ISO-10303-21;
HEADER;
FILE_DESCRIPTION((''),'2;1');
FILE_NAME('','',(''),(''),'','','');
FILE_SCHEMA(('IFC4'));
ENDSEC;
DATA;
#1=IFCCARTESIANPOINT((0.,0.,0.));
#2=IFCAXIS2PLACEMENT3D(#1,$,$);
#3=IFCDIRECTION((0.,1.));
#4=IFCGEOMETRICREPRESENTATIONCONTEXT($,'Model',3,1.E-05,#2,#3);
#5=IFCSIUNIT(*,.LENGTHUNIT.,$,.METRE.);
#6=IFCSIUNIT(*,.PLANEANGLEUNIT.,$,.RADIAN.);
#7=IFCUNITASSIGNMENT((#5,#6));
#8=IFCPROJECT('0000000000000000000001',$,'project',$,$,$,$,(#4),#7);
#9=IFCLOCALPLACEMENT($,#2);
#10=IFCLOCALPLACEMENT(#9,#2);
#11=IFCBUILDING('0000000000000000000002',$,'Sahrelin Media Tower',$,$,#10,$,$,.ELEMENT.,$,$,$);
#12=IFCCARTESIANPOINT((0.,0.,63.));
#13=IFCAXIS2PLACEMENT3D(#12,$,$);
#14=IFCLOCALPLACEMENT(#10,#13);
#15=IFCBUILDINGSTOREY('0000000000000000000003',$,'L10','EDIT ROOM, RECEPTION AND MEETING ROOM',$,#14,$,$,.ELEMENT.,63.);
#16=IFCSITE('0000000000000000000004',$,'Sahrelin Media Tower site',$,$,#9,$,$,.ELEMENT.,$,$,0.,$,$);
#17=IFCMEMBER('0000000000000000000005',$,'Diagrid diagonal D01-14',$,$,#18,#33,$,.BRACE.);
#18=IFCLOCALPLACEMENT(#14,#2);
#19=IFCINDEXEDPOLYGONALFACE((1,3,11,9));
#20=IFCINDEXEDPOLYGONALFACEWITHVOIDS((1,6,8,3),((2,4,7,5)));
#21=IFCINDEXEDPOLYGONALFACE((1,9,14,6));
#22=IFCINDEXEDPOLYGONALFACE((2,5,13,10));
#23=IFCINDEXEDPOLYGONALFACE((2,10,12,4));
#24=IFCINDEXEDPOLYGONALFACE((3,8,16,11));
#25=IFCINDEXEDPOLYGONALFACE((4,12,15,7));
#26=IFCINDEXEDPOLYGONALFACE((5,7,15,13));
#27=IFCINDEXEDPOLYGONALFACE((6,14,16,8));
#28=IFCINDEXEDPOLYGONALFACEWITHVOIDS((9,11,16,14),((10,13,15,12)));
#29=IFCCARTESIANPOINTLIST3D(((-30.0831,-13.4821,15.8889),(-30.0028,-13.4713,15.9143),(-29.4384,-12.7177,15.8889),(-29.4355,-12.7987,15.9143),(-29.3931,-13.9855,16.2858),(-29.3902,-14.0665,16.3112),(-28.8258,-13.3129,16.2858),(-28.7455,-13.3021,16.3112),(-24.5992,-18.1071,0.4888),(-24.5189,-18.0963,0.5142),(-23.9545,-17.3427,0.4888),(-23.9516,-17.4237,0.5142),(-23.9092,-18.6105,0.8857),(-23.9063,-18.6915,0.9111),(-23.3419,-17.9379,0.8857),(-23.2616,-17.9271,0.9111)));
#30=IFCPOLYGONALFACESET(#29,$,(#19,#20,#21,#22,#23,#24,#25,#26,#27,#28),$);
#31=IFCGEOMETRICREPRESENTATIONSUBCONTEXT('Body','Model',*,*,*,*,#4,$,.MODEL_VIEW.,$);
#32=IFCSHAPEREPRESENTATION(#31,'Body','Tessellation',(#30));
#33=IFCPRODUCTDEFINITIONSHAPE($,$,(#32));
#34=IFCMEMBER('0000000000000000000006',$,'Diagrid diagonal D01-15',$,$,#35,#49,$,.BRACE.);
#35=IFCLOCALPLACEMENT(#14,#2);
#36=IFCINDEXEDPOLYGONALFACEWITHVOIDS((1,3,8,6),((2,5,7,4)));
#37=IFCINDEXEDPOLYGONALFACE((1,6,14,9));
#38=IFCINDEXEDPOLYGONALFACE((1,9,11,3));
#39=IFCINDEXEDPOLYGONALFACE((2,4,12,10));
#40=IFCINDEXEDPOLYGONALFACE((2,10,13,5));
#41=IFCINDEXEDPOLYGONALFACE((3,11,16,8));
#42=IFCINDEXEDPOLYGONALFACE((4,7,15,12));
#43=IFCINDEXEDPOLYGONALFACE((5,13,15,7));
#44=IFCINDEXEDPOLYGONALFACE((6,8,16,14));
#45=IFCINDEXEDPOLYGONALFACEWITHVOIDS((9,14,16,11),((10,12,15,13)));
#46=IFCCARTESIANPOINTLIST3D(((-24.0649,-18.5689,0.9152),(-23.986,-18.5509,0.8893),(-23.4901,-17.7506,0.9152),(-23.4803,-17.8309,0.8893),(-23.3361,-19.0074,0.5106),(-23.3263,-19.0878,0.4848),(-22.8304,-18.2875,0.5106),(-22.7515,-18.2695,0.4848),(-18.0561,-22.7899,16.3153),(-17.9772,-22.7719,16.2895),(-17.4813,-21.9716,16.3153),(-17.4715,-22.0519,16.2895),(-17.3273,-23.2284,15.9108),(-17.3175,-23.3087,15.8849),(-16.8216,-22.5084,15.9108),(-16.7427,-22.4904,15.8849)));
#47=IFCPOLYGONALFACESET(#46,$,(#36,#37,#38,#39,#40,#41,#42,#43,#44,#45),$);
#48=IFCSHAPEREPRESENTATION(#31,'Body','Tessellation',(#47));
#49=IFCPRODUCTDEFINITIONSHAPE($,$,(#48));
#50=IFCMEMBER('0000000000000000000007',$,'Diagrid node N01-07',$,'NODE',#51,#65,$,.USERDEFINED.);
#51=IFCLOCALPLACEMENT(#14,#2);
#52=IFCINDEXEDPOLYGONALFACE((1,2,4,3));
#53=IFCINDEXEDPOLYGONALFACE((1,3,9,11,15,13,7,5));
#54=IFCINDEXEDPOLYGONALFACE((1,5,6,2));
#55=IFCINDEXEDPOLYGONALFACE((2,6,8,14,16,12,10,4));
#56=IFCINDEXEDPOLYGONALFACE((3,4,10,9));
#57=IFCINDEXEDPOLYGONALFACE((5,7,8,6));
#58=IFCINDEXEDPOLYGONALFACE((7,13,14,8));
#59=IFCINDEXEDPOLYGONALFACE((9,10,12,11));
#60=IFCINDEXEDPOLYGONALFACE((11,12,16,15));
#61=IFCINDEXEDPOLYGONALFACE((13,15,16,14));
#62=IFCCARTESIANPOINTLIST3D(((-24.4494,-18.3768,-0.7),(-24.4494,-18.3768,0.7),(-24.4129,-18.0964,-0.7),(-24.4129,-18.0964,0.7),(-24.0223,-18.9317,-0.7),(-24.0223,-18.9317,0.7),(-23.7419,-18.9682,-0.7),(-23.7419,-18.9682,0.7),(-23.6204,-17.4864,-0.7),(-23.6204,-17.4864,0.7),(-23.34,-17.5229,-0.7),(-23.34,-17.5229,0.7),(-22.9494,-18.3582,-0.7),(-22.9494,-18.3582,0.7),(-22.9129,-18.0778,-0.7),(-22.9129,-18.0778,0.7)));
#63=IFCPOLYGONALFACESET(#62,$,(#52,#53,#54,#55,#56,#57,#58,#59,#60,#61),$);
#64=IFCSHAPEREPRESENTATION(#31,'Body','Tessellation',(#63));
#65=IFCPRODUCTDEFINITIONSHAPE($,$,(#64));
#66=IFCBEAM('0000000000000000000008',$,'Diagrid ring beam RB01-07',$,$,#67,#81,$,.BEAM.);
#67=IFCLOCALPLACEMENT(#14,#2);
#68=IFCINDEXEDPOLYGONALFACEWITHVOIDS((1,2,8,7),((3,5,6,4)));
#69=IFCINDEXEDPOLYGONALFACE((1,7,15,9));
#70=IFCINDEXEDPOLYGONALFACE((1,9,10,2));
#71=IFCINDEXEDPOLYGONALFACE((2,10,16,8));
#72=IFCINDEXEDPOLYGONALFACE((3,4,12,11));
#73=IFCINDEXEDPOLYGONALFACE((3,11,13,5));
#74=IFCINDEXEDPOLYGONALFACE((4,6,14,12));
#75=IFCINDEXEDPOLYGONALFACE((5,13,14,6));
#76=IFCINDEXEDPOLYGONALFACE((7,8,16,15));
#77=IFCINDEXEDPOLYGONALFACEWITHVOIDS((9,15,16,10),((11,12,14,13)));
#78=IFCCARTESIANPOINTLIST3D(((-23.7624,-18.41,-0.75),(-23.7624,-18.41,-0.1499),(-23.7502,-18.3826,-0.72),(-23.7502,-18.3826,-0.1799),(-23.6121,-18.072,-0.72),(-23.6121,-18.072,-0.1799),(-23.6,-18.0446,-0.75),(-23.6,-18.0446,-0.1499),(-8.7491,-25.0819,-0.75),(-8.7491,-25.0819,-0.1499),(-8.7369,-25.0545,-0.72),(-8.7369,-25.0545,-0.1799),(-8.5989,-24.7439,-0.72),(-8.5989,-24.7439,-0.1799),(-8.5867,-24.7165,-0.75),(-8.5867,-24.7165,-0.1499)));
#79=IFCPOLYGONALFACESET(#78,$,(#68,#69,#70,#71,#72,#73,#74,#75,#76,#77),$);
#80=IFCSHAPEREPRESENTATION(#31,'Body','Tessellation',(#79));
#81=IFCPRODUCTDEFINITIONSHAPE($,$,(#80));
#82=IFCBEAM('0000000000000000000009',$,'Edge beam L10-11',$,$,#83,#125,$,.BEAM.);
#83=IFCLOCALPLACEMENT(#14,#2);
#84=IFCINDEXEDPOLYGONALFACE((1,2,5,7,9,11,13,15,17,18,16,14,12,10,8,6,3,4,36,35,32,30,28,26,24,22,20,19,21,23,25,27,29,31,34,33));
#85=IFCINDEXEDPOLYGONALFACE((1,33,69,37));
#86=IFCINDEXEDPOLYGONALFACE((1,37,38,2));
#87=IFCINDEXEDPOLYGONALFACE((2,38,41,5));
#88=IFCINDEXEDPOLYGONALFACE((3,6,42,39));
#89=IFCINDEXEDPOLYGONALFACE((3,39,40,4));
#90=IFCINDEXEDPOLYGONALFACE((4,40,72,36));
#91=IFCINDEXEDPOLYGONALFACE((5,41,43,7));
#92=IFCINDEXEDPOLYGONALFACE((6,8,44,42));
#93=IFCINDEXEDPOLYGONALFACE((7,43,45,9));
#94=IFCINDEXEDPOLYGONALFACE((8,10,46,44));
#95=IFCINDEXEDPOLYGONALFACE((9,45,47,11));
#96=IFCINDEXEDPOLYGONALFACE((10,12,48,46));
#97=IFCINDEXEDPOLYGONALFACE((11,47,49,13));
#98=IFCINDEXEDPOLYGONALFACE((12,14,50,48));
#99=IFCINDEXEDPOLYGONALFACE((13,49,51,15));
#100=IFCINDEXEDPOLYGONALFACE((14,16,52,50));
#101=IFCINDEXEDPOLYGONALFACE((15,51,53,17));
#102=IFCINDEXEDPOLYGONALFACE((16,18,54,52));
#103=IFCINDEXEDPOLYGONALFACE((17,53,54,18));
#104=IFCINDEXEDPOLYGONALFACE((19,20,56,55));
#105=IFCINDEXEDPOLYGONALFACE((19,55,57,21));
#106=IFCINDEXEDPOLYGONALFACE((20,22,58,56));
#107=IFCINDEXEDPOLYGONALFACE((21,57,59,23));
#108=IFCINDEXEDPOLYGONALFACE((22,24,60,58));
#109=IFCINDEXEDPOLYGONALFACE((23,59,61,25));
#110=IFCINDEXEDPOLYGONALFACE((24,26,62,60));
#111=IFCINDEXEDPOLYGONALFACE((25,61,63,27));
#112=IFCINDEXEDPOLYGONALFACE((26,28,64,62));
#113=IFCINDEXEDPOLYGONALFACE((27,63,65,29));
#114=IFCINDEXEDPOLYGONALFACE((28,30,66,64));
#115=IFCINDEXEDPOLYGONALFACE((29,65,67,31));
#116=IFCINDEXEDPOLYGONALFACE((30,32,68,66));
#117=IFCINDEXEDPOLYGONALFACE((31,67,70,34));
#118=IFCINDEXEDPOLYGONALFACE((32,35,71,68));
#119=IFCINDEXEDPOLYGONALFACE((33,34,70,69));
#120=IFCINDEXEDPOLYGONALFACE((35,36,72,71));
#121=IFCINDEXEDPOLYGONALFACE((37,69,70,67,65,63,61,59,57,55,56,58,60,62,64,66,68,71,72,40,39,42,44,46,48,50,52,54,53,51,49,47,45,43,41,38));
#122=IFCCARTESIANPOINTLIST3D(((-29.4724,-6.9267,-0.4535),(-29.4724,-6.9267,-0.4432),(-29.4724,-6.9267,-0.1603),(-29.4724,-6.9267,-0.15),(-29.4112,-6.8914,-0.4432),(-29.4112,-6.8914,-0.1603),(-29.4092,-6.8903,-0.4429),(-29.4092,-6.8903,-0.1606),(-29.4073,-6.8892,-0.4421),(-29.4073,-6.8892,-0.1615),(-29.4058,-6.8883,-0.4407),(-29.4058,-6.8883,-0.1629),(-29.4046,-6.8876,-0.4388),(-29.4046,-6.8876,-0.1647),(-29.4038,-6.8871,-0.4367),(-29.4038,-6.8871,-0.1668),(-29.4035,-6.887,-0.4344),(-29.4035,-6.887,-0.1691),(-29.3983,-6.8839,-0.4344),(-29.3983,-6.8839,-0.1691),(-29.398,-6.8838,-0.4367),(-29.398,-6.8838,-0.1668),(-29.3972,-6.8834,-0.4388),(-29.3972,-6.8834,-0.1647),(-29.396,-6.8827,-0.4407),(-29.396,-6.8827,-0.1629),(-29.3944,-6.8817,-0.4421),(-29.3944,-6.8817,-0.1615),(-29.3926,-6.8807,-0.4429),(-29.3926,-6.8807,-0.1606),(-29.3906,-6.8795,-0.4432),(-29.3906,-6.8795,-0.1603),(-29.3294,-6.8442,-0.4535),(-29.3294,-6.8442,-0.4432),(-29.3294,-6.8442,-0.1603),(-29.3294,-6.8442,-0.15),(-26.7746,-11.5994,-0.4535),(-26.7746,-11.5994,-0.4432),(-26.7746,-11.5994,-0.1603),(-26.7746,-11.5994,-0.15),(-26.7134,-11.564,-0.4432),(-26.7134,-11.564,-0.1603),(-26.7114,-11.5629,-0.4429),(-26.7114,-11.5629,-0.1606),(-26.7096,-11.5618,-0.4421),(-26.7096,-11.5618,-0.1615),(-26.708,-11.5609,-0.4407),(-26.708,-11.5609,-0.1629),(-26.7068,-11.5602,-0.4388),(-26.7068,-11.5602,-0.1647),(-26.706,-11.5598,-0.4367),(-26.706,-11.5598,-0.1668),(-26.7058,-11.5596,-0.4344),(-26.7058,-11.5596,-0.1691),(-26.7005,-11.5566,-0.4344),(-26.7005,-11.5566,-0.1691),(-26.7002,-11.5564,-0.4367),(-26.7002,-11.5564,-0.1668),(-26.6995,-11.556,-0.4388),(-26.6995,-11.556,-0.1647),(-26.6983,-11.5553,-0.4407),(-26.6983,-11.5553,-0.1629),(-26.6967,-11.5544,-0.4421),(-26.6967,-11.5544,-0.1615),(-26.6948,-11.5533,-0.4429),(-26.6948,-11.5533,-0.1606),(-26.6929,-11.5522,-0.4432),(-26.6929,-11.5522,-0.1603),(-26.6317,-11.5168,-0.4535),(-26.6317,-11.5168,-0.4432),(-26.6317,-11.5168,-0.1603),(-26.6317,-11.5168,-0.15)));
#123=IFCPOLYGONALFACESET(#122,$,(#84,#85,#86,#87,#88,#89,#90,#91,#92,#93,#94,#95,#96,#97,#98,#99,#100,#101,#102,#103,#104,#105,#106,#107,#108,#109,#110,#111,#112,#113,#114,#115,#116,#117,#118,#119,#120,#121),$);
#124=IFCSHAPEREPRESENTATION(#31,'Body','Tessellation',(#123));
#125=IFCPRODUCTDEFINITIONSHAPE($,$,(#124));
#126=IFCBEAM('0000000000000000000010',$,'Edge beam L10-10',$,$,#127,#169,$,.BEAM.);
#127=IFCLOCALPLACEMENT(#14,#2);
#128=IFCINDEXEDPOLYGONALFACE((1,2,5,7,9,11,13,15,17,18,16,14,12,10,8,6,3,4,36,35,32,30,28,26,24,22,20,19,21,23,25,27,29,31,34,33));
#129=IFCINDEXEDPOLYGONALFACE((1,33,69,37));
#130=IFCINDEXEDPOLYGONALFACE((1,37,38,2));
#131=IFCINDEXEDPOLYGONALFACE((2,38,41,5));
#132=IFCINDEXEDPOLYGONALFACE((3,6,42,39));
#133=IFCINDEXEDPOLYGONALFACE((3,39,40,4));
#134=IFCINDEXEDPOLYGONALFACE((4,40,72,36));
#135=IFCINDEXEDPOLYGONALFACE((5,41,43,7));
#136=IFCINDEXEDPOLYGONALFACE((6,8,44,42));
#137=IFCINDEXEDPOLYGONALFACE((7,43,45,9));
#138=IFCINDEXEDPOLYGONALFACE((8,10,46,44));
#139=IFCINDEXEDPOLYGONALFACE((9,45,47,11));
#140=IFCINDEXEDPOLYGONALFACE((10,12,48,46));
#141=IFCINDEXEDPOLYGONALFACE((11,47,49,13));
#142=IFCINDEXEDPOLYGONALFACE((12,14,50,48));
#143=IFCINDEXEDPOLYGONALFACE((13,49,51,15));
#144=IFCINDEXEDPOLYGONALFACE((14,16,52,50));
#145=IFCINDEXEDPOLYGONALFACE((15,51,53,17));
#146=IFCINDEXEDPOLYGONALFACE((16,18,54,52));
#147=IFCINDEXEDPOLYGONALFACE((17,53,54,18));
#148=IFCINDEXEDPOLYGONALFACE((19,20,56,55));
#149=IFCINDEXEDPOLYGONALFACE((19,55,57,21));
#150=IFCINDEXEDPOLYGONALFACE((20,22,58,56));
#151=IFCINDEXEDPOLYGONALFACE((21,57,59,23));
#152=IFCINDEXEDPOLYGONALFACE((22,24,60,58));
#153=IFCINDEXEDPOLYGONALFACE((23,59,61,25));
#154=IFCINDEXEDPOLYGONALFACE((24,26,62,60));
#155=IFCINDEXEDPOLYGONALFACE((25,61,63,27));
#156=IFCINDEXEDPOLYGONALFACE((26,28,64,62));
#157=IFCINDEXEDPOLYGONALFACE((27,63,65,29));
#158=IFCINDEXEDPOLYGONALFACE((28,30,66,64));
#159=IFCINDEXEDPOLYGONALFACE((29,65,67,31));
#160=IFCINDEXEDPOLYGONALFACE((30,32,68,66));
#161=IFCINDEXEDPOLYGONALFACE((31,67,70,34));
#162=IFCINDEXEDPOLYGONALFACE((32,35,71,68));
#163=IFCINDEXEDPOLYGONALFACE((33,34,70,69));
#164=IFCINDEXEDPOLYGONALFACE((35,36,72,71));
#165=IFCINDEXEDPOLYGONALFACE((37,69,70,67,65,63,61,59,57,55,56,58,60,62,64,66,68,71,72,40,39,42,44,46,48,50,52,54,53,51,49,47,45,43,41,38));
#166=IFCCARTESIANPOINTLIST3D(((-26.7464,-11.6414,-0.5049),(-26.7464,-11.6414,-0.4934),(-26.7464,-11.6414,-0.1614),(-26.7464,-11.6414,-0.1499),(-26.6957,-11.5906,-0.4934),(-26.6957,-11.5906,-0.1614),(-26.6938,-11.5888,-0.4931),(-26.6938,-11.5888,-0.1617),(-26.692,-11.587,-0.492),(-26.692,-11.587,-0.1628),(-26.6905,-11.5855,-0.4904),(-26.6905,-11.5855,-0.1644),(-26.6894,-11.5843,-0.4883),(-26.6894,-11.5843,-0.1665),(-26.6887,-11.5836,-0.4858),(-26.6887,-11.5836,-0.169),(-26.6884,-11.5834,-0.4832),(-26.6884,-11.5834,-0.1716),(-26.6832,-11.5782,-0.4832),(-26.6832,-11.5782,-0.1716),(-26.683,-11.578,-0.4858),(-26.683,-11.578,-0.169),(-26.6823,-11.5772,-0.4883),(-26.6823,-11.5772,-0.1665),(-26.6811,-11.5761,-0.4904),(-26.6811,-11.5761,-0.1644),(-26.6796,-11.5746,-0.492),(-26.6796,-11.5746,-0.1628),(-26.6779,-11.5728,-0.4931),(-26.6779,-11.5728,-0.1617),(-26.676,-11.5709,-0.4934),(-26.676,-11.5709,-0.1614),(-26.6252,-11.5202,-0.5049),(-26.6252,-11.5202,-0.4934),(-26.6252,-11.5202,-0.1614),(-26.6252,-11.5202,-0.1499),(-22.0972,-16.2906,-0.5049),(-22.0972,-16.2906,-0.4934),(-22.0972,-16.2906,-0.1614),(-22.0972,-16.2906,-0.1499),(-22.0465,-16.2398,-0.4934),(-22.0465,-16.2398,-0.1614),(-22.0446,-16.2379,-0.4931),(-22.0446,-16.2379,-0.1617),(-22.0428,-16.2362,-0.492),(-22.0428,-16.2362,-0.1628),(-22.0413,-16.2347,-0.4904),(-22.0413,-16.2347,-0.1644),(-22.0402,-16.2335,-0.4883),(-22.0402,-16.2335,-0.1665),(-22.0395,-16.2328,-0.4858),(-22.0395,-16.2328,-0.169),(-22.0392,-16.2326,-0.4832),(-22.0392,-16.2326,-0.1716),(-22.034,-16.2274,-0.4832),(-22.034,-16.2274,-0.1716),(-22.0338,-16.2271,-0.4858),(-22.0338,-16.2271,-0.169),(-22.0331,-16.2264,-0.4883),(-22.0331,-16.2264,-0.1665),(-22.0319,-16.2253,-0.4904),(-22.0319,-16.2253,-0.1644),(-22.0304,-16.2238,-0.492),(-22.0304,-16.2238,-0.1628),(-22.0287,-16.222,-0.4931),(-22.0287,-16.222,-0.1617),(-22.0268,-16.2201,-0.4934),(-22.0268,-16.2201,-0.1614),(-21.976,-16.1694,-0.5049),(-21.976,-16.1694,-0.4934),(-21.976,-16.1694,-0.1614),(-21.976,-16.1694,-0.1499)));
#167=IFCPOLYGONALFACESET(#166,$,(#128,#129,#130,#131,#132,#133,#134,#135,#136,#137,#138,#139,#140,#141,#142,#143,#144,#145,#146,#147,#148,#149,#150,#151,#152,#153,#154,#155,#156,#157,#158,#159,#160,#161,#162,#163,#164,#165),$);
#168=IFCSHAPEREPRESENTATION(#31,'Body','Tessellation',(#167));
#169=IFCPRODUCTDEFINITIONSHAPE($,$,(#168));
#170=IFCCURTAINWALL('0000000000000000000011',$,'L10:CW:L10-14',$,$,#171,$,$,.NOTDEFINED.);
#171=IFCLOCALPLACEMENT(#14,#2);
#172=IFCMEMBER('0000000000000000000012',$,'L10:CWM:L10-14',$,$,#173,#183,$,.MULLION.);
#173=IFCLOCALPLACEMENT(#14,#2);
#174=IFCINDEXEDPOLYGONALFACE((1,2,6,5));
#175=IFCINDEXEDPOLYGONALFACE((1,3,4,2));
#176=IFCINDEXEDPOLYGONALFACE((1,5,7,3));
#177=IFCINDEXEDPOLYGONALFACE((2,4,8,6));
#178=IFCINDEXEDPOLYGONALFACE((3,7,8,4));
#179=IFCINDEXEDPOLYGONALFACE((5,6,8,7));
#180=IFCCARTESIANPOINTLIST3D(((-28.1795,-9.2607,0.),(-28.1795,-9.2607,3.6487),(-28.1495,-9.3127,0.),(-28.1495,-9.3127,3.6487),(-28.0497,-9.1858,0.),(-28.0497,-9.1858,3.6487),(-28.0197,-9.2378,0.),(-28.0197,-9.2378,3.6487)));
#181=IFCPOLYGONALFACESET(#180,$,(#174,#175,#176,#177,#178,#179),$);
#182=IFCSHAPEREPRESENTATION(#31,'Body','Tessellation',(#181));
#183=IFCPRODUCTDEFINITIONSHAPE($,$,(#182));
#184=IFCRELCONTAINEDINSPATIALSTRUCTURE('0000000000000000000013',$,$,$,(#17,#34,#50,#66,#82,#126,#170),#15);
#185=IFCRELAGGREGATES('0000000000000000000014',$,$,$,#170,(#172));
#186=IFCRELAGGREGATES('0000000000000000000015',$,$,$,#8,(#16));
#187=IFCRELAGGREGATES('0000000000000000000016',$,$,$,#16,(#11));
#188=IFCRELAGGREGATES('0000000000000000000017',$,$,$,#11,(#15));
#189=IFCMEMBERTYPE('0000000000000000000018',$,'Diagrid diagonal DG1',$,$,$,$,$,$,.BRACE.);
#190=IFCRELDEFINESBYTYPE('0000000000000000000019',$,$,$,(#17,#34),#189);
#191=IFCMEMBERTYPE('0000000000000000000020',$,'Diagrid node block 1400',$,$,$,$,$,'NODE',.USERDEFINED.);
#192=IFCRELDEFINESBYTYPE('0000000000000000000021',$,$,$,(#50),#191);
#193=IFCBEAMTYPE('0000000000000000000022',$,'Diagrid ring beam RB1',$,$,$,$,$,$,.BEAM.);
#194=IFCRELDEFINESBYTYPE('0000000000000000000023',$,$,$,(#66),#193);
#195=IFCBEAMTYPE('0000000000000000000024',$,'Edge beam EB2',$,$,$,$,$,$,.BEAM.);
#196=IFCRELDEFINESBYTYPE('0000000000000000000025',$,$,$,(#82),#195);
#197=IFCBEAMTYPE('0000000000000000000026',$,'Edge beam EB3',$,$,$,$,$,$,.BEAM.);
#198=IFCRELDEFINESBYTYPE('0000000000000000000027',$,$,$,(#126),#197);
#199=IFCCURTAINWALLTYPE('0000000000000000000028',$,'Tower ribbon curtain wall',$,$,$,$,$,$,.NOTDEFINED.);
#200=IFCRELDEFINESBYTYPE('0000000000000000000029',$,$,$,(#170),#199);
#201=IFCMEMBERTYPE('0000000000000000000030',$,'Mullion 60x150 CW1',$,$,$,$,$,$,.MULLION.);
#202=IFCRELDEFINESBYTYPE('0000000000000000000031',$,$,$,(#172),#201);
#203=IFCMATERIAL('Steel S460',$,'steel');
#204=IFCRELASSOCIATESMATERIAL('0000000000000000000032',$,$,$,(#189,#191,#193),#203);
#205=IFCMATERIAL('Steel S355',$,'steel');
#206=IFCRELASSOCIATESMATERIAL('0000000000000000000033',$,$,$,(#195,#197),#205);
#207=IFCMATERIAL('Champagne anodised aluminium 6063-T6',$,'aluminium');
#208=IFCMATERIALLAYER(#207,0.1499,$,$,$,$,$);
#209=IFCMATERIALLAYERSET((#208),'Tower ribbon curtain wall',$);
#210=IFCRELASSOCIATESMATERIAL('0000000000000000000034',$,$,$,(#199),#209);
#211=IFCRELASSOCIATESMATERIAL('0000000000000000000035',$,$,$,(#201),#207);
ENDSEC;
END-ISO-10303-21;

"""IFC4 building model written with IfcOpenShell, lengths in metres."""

from ifc_helpers import new_model, si_unit, direction, frame, origin, origin_2d, place, context, subcontext, project, spatial, polyline, rectangle, hollow_rectangle, i_section, outline, extrude, material, layer, layer_set, material_profile, profile_set, type_object, element, aggregate, save


model = new_model("IFC4")

# Units and contexts
model_context = context("Model", 3, precision=1e-05, world=origin(), true_north=direction((0.0, 1.0)))
body_context = subcontext(model_context, "Body", "Model", "MODEL_VIEW")
ifc_project = project(units=[si_unit("LENGTHUNIT", "METRE"), si_unit("PLANEANGLEUNIT", "RADIAN")], contexts=[model_context])

# Site, building, storey
site_placement = place(None, origin())
site = spatial("IfcSite", under=ifc_project, at=site_placement, Name="Sahrelin Media Tower site", CompositionType="ELEMENT", RefElevation=0.0)
building_placement = place(site_placement, origin())
building = spatial("IfcBuilding", under=site, at=building_placement, Name="Sahrelin Media Tower", CompositionType="ELEMENT")
storey_placement = place(building_placement, frame((0.0, 0.0, 63.0)))
storey = spatial("IfcBuildingStorey", under=building, at=storey_placement, Name="L10", Description="EDIT ROOM, RECEPTION AND MEETING ROOM", CompositionType="ELEMENT", Elevation=63.0)

# Members
ifc_material_1 = material(Name="Steel S460", Category="steel")
ifc_material_profile_1 = material_profile(ifc_material_1, hollow_rectangle(XDim=1.0, YDim=1.0, WallThickness=0.0601, at=origin_2d()), Name="Diagrid diagonal DG1")
ifc_profile_set_1 = profile_set([ifc_material_profile_1], Name="Steel S460")
member_type_1 = type_object("IfcMemberType", Name="Diagrid diagonal DG1", PredefinedType="BRACE", material=ifc_profile_set_1)
member_1_placement = place(storey_placement, frame((-23.9304, -18.0171, 0.7), z_axis=(-0.322789, 0.272234, 0.906474), x_axis=(-0.644706, -0.764431, 0.0)))
element("IfcMember", 1, at=member_1_placement, inside=storey, type_object=member_type_1, Name="Diagrid diagonal D01-14", PredefinedType="BRACE", context=body_context, shape_type="SweptSolid", body=[
    extrude(hollow_rectangle(XDim=1.0, YDim=1.0, WallThickness=0.0601, at=origin_2d()), origin(), (0.0, 0.0, 1.0), 16.989),
])
member_2_placement = place(storey_placement, frame((-23.4082, -18.4192, 0.7), z_axis=(0.352189, -0.2474, 0.902639), x_axis=(0.574814, 0.818284, 0.0)))
element("IfcMember", 2, at=member_2_placement, inside=storey, type_object=member_type_1, Name="Diagrid diagonal D01-15", PredefinedType="BRACE", context=body_context, shape_type="SweptSolid", body=[
    extrude(hollow_rectangle(XDim=1.0, YDim=1.0, WallThickness=0.0601, at=origin_2d()), origin(), (0.0, 0.0, 1.0), 17.0613),
])
ifc_material_profile_2 = material_profile(ifc_material_1, outline(polyline([(0.5, -0.55), (0.7, -0.3501), (0.7, 0.3501), (0.5, 0.55), (-0.5, 0.55), (-0.7, 0.3501), (-0.7, -0.3501), (-0.5, -0.55), (0.5, -0.55)])), Name="Diagrid node block 1400")
ifc_profile_set_2 = profile_set([ifc_material_profile_2], Name="Steel S460")
member_type_2 = type_object("IfcMemberType", Name="Diagrid node block 1400", ElementType="NODE", PredefinedType="USERDEFINED", material=ifc_profile_set_2)
member_3_placement = place(storey_placement, frame((-23.6812, -18.2273, -0.7), z_axis=(0.0, 0.0, 1.0), x_axis=(-0.792445, -0.609943, 0.0)))
element("IfcMember", 3, at=member_3_placement, inside=storey, type_object=member_type_2, Name="Diagrid node N01-07", ObjectType="NODE", PredefinedType="USERDEFINED", context=body_context, shape_type="SweptSolid", body=[
    extrude(outline(polyline([(0.5, -0.55), (0.7, -0.3501), (0.7, 0.3501), (0.5, 0.55), (-0.5, 0.55), (-0.7, 0.3501), (-0.7, -0.3501), (-0.5, -0.55), (0.5, -0.55)])), origin(), (0.0, 0.0, 1.0), 1.3999),
])

# Beams
ifc_material_profile_3 = material_profile(ifc_material_1, hollow_rectangle(XDim=0.3999, YDim=0.6001, WallThickness=0.03, at=origin_2d()), Name="Diagrid ring beam RB1")
ifc_profile_set_3 = profile_set([ifc_material_profile_3], Name="Steel S460")
beam_type_1 = type_object("IfcBeamType", Name="Diagrid ring beam RB1", PredefinedType="BEAM", material=ifc_profile_set_3)
beam_1_placement = place(storey_placement, frame((-23.6812, -18.2273, -0.45), z_axis=(0.913826, -0.406105, 0.0), x_axis=(0.406105, 0.913826, 0.0)))
element("IfcBeam", 4, at=beam_1_placement, inside=storey, type_object=beam_type_1, Name="Diagrid ring beam RB01-07", PredefinedType="BEAM", context=body_context, shape_type="SweptSolid", body=[
    extrude(hollow_rectangle(XDim=0.3999, YDim=0.6001, WallThickness=0.03, at=origin_2d()), origin(), (0.0, 0.0, 1.0), 16.429),
])
ifc_material_2 = material(Name="Steel S355", Category="steel")
ifc_material_profile_4 = material_profile(ifc_material_2, i_section(OverallWidth=0.165, OverallDepth=0.3035, WebThickness=0.0061, FlangeThickness=0.0103, FilletRadius=0.0088, at=origin_2d()), Name="UB 305x165x40")
ifc_profile_set_4 = profile_set([ifc_material_profile_4], Name="Steel S355")
beam_type_2 = type_object("IfcBeamType", Name="Edge beam EB2", PredefinedType="BEAM", material=ifc_profile_set_4)
beam_2_placement = place(storey_placement, frame((-26.7031, -11.5581, -0.3018), z_axis=(-0.500003, 0.866024, 0.0), x_axis=(-0.866024, -0.500003, 0.0)))
element("IfcBeam", 5, at=beam_2_placement, inside=storey, type_object=beam_type_2, Name="Edge beam L10-11", PredefinedType="BEAM", context=body_context, shape_type="SweptSolid", body=[
    extrude(i_section(OverallWidth=0.165, OverallDepth=0.3035, WebThickness=0.0061, FlangeThickness=0.0103, FilletRadius=0.0088, at=origin_2d()), origin(), (0.0, 0.0, 1.0), 5.3955),
])
ifc_material_profile_5 = material_profile(ifc_material_2, i_section(OverallWidth=0.1714, OverallDepth=0.355, WebThickness=0.0073, FlangeThickness=0.0115, FilletRadius=0.0103, at=origin_2d()), Name="UB 356x171x51")
ifc_profile_set_5 = profile_set([ifc_material_profile_5], Name="Steel S355")
beam_type_3 = type_object("IfcBeamType", Name="Edge beam EB3", PredefinedType="BEAM", material=ifc_profile_set_5)
beam_3_placement = place(storey_placement, frame((-22.0366, -16.23, -0.3274), z_axis=(-0.707107, 0.707107, 0.0), x_axis=(-0.707107, -0.707107, 0.0)))
element("IfcBeam", 6, at=beam_3_placement, inside=storey, type_object=beam_type_3, Name="Edge beam L10-10", PredefinedType="BEAM", context=body_context, shape_type="SweptSolid", body=[
    extrude(i_section(OverallWidth=0.1714, OverallDepth=0.355, WebThickness=0.0073, FlangeThickness=0.0115, FilletRadius=0.0103, at=origin_2d()), origin(), (0.0, 0.0, 1.0), 6.575),
])

# Curtain wall, member
ifc_material_3 = material(Name="Champagne anodised aluminium 6063-T6", Category="aluminium")
ifc_layer_1 = layer(ifc_material_3, 0.1499)
ifc_layer_set_1 = layer_set([ifc_layer_1], Name="Tower ribbon curtain wall")
curtain_wall_type = type_object("IfcCurtainWallType", Name="Tower ribbon curtain wall", PredefinedType="NOTDEFINED", material=ifc_layer_set_1)
curtain_wall_1_placement = place(storey_placement, frame((-28.1819, -9.2966, 0.0), z_axis=(0.0, 0.0, 1.0), x_axis=(1.0, 0.0, 0.0)))
curtain_wall_1 = element("IfcCurtainWall", 7, at=curtain_wall_1_placement, inside=storey, type_object=curtain_wall_type, Name="L10:CW:L10-14", PredefinedType="NOTDEFINED")
ifc_material_profile_6 = material_profile(ifc_material_3, rectangle(XDim=0.0601, YDim=0.1499, at=origin_2d()), Name="Mullion 60x150")
ifc_profile_set_6 = profile_set([ifc_material_profile_6], Name="Champagne anodised aluminium 6063-T6")
member_type_3 = type_object("IfcMemberType", Name="Mullion 60x150 CW1", PredefinedType="MULLION", material=ifc_profile_set_6)
member_4_placement = place(storey_placement, frame((-28.0996, -9.2493, 0.0), z_axis=(0.0, 0.0, 1.0), x_axis=(0.499997, -0.866027, 0.0)))
member_4 = element("IfcMember", 8, at=member_4_placement, type_object=member_type_3, Name="L10:CWM:L10-14", PredefinedType="MULLION", context=body_context, shape_type="SweptSolid", body=[
    extrude(rectangle(XDim=0.0601, YDim=0.1499, at=origin_2d()), origin(), (0.0, 0.0, 1.0), 3.6487),
])
aggregate(curtain_wall_1, [member_4])

save(model, "model.ifc")
